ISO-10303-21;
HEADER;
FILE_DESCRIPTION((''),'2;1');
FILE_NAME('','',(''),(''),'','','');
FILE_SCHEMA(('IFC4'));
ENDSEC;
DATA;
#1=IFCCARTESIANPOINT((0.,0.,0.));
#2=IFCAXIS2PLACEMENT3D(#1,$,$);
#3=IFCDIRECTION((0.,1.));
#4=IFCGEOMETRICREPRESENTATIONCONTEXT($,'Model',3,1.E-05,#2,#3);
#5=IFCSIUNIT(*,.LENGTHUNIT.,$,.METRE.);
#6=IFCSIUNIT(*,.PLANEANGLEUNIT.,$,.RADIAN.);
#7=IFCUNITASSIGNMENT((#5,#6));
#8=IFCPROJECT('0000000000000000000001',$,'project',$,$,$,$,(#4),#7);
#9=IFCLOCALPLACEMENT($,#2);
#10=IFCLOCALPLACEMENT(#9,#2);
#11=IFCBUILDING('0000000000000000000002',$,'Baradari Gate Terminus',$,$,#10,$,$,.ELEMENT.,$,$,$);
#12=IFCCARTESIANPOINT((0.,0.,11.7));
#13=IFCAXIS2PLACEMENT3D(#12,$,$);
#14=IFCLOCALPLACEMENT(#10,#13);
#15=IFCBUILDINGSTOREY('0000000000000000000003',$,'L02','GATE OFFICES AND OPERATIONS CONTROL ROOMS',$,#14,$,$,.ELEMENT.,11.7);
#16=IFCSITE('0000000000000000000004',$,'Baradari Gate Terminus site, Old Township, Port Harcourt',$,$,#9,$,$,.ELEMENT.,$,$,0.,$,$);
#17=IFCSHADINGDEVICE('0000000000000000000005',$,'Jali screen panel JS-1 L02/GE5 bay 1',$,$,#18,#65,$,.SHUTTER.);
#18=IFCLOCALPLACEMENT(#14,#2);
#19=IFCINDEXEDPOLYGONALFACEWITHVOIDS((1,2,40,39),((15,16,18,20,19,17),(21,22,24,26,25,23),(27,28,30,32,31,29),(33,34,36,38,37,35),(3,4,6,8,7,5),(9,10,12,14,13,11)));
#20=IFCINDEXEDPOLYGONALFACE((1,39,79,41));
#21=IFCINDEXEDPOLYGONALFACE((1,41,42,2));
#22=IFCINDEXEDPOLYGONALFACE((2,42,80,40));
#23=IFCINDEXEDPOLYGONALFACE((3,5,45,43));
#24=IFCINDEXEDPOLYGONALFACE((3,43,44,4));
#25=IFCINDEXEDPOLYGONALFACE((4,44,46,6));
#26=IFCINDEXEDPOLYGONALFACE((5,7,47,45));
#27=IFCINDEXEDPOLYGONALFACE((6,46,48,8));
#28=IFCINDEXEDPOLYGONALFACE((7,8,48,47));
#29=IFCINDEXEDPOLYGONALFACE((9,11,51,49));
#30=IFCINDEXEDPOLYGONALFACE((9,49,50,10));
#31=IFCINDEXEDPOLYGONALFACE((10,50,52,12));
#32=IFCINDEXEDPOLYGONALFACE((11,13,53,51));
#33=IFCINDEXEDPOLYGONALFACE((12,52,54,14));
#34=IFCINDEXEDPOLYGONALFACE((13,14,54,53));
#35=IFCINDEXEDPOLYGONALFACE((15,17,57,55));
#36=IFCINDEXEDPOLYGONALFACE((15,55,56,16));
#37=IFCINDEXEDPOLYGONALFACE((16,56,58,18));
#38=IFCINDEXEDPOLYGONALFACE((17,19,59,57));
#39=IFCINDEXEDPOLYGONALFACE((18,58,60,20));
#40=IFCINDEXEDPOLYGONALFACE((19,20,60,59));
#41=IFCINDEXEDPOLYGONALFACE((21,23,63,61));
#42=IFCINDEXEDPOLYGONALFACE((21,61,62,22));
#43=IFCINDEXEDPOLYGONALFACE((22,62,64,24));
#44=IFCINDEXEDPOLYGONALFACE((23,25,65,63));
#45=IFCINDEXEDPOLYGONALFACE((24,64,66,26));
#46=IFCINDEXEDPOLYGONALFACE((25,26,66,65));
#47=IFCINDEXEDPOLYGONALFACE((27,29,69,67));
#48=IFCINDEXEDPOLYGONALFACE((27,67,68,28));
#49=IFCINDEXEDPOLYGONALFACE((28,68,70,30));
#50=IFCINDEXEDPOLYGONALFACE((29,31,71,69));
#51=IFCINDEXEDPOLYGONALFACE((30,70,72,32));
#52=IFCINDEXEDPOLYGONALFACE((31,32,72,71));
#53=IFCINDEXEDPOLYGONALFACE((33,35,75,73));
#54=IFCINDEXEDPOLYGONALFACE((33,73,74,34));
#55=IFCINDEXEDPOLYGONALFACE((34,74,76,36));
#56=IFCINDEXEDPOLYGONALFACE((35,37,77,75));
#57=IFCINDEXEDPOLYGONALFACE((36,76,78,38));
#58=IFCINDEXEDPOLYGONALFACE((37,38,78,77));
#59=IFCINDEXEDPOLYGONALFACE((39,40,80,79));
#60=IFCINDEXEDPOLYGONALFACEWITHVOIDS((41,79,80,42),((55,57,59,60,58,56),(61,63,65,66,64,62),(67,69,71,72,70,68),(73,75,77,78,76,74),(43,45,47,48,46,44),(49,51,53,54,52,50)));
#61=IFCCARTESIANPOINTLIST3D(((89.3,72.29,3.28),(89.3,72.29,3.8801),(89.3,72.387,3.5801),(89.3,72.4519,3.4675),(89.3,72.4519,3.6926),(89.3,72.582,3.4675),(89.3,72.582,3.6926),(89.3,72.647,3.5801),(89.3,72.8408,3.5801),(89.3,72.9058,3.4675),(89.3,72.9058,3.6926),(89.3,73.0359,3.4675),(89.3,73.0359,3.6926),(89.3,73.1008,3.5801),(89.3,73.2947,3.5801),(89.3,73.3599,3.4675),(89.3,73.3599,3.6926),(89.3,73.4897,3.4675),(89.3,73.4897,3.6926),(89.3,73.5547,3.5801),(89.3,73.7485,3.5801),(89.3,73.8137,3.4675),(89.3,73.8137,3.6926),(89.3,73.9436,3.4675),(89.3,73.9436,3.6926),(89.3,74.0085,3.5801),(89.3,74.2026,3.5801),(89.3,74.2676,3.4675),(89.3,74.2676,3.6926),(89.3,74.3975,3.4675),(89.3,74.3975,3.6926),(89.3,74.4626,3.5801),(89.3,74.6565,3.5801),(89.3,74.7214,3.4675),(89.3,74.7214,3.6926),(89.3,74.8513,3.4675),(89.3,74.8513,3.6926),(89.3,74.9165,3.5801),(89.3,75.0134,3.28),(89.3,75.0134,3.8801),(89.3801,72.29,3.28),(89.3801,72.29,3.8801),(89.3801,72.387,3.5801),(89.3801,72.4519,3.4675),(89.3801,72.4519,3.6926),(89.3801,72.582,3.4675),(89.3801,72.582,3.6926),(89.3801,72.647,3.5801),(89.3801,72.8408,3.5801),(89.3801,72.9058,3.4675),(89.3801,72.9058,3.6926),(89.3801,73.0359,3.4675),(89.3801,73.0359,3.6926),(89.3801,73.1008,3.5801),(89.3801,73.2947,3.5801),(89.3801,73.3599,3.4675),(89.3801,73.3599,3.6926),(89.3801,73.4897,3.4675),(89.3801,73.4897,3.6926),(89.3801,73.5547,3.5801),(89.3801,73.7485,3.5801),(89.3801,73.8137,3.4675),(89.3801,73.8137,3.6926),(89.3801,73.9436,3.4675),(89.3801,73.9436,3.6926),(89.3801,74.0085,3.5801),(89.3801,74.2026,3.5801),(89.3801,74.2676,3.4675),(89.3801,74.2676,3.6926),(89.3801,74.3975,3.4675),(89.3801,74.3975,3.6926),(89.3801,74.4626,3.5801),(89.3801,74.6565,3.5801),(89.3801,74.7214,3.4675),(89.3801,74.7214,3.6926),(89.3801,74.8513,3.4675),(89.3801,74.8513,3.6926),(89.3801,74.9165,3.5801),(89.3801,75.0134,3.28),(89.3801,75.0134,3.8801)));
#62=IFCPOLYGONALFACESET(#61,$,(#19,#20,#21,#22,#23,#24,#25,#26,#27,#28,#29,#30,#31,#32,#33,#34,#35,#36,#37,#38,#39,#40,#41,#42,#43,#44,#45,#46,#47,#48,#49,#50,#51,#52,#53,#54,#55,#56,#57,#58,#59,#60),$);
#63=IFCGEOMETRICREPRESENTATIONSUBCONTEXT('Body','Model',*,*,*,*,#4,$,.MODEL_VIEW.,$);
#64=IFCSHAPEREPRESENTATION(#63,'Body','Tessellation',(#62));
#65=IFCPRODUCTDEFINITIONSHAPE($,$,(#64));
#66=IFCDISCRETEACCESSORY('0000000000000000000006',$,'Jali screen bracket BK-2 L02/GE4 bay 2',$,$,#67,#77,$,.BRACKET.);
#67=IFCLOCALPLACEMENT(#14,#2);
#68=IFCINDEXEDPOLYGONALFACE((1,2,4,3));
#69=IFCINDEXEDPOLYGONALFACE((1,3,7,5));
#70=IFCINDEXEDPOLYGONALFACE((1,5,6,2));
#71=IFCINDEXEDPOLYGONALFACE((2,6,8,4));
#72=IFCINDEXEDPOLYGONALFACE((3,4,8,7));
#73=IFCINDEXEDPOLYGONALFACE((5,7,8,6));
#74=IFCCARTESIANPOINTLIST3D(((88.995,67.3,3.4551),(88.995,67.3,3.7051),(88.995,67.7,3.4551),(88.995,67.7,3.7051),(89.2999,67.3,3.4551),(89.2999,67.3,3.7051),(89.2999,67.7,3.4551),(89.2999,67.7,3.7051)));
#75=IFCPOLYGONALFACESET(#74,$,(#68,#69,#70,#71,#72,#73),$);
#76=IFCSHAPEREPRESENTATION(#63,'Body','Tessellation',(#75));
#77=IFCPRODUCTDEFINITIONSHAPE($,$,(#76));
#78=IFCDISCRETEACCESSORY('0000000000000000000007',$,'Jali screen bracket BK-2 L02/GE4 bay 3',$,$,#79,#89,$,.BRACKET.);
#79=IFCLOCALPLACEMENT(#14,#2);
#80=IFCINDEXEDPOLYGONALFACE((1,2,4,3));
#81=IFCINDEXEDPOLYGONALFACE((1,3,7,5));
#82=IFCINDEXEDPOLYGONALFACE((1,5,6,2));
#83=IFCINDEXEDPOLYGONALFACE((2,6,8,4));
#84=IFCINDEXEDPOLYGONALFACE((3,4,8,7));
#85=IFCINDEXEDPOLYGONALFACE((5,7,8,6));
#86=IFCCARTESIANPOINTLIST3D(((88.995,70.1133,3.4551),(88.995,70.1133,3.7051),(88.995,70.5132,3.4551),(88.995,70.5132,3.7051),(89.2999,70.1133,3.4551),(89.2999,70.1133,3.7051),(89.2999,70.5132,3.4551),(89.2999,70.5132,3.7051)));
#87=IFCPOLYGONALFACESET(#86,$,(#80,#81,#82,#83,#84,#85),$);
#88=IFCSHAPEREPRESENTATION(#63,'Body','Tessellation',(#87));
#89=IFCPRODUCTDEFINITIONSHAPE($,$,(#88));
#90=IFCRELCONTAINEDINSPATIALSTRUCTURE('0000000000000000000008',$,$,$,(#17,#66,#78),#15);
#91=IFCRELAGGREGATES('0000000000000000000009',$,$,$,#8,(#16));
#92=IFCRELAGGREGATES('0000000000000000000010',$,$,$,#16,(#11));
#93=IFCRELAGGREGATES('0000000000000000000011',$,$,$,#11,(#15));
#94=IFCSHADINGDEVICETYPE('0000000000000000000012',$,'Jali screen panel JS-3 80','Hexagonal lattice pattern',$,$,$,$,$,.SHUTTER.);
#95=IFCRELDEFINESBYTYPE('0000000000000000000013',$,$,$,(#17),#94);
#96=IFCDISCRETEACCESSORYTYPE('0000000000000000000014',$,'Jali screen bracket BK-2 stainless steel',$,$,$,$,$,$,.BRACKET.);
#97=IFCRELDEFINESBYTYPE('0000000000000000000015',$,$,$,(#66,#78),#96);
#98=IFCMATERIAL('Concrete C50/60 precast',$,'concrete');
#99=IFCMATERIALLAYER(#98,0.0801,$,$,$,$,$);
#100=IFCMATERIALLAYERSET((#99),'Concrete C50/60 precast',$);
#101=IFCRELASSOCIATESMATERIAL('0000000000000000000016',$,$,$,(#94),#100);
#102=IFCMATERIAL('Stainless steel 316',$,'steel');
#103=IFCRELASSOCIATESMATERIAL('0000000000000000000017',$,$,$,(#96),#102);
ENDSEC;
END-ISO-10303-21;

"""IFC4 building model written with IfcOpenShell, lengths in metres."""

from ifc_helpers import new_model, si_unit, direction, frame, origin, origin_2d, place, context, subcontext, project, spatial, polyline, rectangle, outline, extrude, material, layer, layer_set, type_object, element, save


model = new_model("IFC4")

# Units and contexts
model_context = context("Model", 3, precision=1e-05, world=origin(), true_north=direction((0.0, 1.0)))
body_context = subcontext(model_context, "Body", "Model", "MODEL_VIEW")
ifc_project = project(units=[si_unit("LENGTHUNIT", "METRE"), si_unit("PLANEANGLEUNIT", "RADIAN")], contexts=[model_context])

# Site, building, storey
site_placement = place(None, origin())
site = spatial("IfcSite", under=ifc_project, at=site_placement, Name="Baradari Gate Terminus site, Old Township, Port Harcourt", CompositionType="ELEMENT", RefElevation=0.0)
building_placement = place(site_placement, origin())
building = spatial("IfcBuilding", under=site, at=building_placement, Name="Baradari Gate Terminus", CompositionType="ELEMENT")
storey_placement = place(building_placement, frame((0.0, 0.0, 11.7)))
storey = spatial("IfcBuildingStorey", under=building, at=storey_placement, Name="L02", Description="GATE OFFICES AND OPERATIONS CONTROL ROOMS", CompositionType="ELEMENT", Elevation=11.7)

# Shading device
ifc_material_1 = material(Name="Concrete C50/60 precast", Category="concrete")
ifc_layer_1 = layer(ifc_material_1, 0.0801)
ifc_layer_set_1 = layer_set([ifc_layer_1], Name="Concrete C50/60 precast")
shading_device_type = type_object("IfcShadingDeviceType", Name="Jali screen panel JS-3 80", Description="Hexagonal lattice pattern", PredefinedType="SHUTTER", material=ifc_layer_set_1)
shading_device_1_placement = place(storey_placement, frame((89.3401, 72.29, 3.28), z_axis=(0.0, 0.0, 1.0), x_axis=(0.0, 1.0, 0.0)))
element("IfcShadingDevice", 1, at=shading_device_1_placement, inside=storey, type_object=shading_device_type, Name="Jali screen panel JS-1 L02/GE5 bay 1", PredefinedType="SHUTTER", context=body_context, shape_type="SweptSolid", body=[
    extrude(outline(polyline([(0.0, 0.0), (2.7234, 0.0), (2.7234, 0.6001), (0.0, 0.6001), (0.0, 0.0)]), holes=[polyline([(0.3569, 0.3), (0.292, 0.1875), (0.1619, 0.1875), (0.0969, 0.3), (0.1619, 0.4126), (0.292, 0.4126), (0.3569, 0.3)]), polyline([(0.8108, 0.3), (0.7458, 0.1875), (0.6157, 0.1875), (0.5508, 0.3), (0.6157, 0.4126), (0.7458, 0.4126), (0.8108, 0.3)]), polyline([(1.2646, 0.3), (1.1997, 0.1875), (1.0698, 0.1875), (1.0046, 0.3), (1.0698, 0.4126), (1.1997, 0.4126), (1.2646, 0.3)]), polyline([(1.7185, 0.3), (1.6536, 0.1875), (1.5237, 0.1875), (1.4585, 0.3), (1.5237, 0.4126), (1.6536, 0.4126), (1.7185, 0.3)]), polyline([(2.1726, 0.3), (2.1074, 0.1875), (1.9775, 0.1875), (1.9126, 0.3), (1.9775, 0.4126), (2.1074, 0.4126), (2.1726, 0.3)]), polyline([(2.6265, 0.3), (2.5613, 0.1875), (2.4314, 0.1875), (2.3665, 0.3), (2.4314, 0.4126), (2.5613, 0.4126), (2.6265, 0.3)])]), frame((0.0, 0.04, 0.0), z_axis=(0.0, -1.0, 0.0), x_axis=(1.0, 0.0, 0.0)), (0.0, 0.0, 1.0), 0.0801),
])

# Discrete accessories
ifc_material_2 = material(Name="Stainless steel 316", Category="steel")
discrete_accessory_type = type_object("IfcDiscreteAccessoryType", Name="Jali screen bracket BK-2 stainless steel", PredefinedType="BRACKET", material=ifc_material_2)
for number, where, z_axis, x_axis, name in (
    (2, (89.1475, 67.5, 3.4551), (0.0, 0.0, 1.0), (1.0, 0.0, 0.0), "Jali screen bracket BK-2 L02/GE4 bay 2"),
    (3, (89.1475, 70.3132, 3.4551), (0.0, 0.0, 1.0), (1.0, 0.0, 0.0), "Jali screen bracket BK-2 L02/GE4 bay 3"),
):
    element("IfcDiscreteAccessory", number, at=place(storey_placement, frame(where, z_axis=z_axis, x_axis=x_axis)), inside=storey, type_object=discrete_accessory_type, Name=name, PredefinedType="BRACKET", context=body_context, shape_type="SweptSolid", body=[
        extrude(rectangle(XDim=0.3049, YDim=0.3999, at=origin_2d()), origin(), (0.0, 0.0, 1.0), 0.25),
    ])

save(model, "model.ifc")
